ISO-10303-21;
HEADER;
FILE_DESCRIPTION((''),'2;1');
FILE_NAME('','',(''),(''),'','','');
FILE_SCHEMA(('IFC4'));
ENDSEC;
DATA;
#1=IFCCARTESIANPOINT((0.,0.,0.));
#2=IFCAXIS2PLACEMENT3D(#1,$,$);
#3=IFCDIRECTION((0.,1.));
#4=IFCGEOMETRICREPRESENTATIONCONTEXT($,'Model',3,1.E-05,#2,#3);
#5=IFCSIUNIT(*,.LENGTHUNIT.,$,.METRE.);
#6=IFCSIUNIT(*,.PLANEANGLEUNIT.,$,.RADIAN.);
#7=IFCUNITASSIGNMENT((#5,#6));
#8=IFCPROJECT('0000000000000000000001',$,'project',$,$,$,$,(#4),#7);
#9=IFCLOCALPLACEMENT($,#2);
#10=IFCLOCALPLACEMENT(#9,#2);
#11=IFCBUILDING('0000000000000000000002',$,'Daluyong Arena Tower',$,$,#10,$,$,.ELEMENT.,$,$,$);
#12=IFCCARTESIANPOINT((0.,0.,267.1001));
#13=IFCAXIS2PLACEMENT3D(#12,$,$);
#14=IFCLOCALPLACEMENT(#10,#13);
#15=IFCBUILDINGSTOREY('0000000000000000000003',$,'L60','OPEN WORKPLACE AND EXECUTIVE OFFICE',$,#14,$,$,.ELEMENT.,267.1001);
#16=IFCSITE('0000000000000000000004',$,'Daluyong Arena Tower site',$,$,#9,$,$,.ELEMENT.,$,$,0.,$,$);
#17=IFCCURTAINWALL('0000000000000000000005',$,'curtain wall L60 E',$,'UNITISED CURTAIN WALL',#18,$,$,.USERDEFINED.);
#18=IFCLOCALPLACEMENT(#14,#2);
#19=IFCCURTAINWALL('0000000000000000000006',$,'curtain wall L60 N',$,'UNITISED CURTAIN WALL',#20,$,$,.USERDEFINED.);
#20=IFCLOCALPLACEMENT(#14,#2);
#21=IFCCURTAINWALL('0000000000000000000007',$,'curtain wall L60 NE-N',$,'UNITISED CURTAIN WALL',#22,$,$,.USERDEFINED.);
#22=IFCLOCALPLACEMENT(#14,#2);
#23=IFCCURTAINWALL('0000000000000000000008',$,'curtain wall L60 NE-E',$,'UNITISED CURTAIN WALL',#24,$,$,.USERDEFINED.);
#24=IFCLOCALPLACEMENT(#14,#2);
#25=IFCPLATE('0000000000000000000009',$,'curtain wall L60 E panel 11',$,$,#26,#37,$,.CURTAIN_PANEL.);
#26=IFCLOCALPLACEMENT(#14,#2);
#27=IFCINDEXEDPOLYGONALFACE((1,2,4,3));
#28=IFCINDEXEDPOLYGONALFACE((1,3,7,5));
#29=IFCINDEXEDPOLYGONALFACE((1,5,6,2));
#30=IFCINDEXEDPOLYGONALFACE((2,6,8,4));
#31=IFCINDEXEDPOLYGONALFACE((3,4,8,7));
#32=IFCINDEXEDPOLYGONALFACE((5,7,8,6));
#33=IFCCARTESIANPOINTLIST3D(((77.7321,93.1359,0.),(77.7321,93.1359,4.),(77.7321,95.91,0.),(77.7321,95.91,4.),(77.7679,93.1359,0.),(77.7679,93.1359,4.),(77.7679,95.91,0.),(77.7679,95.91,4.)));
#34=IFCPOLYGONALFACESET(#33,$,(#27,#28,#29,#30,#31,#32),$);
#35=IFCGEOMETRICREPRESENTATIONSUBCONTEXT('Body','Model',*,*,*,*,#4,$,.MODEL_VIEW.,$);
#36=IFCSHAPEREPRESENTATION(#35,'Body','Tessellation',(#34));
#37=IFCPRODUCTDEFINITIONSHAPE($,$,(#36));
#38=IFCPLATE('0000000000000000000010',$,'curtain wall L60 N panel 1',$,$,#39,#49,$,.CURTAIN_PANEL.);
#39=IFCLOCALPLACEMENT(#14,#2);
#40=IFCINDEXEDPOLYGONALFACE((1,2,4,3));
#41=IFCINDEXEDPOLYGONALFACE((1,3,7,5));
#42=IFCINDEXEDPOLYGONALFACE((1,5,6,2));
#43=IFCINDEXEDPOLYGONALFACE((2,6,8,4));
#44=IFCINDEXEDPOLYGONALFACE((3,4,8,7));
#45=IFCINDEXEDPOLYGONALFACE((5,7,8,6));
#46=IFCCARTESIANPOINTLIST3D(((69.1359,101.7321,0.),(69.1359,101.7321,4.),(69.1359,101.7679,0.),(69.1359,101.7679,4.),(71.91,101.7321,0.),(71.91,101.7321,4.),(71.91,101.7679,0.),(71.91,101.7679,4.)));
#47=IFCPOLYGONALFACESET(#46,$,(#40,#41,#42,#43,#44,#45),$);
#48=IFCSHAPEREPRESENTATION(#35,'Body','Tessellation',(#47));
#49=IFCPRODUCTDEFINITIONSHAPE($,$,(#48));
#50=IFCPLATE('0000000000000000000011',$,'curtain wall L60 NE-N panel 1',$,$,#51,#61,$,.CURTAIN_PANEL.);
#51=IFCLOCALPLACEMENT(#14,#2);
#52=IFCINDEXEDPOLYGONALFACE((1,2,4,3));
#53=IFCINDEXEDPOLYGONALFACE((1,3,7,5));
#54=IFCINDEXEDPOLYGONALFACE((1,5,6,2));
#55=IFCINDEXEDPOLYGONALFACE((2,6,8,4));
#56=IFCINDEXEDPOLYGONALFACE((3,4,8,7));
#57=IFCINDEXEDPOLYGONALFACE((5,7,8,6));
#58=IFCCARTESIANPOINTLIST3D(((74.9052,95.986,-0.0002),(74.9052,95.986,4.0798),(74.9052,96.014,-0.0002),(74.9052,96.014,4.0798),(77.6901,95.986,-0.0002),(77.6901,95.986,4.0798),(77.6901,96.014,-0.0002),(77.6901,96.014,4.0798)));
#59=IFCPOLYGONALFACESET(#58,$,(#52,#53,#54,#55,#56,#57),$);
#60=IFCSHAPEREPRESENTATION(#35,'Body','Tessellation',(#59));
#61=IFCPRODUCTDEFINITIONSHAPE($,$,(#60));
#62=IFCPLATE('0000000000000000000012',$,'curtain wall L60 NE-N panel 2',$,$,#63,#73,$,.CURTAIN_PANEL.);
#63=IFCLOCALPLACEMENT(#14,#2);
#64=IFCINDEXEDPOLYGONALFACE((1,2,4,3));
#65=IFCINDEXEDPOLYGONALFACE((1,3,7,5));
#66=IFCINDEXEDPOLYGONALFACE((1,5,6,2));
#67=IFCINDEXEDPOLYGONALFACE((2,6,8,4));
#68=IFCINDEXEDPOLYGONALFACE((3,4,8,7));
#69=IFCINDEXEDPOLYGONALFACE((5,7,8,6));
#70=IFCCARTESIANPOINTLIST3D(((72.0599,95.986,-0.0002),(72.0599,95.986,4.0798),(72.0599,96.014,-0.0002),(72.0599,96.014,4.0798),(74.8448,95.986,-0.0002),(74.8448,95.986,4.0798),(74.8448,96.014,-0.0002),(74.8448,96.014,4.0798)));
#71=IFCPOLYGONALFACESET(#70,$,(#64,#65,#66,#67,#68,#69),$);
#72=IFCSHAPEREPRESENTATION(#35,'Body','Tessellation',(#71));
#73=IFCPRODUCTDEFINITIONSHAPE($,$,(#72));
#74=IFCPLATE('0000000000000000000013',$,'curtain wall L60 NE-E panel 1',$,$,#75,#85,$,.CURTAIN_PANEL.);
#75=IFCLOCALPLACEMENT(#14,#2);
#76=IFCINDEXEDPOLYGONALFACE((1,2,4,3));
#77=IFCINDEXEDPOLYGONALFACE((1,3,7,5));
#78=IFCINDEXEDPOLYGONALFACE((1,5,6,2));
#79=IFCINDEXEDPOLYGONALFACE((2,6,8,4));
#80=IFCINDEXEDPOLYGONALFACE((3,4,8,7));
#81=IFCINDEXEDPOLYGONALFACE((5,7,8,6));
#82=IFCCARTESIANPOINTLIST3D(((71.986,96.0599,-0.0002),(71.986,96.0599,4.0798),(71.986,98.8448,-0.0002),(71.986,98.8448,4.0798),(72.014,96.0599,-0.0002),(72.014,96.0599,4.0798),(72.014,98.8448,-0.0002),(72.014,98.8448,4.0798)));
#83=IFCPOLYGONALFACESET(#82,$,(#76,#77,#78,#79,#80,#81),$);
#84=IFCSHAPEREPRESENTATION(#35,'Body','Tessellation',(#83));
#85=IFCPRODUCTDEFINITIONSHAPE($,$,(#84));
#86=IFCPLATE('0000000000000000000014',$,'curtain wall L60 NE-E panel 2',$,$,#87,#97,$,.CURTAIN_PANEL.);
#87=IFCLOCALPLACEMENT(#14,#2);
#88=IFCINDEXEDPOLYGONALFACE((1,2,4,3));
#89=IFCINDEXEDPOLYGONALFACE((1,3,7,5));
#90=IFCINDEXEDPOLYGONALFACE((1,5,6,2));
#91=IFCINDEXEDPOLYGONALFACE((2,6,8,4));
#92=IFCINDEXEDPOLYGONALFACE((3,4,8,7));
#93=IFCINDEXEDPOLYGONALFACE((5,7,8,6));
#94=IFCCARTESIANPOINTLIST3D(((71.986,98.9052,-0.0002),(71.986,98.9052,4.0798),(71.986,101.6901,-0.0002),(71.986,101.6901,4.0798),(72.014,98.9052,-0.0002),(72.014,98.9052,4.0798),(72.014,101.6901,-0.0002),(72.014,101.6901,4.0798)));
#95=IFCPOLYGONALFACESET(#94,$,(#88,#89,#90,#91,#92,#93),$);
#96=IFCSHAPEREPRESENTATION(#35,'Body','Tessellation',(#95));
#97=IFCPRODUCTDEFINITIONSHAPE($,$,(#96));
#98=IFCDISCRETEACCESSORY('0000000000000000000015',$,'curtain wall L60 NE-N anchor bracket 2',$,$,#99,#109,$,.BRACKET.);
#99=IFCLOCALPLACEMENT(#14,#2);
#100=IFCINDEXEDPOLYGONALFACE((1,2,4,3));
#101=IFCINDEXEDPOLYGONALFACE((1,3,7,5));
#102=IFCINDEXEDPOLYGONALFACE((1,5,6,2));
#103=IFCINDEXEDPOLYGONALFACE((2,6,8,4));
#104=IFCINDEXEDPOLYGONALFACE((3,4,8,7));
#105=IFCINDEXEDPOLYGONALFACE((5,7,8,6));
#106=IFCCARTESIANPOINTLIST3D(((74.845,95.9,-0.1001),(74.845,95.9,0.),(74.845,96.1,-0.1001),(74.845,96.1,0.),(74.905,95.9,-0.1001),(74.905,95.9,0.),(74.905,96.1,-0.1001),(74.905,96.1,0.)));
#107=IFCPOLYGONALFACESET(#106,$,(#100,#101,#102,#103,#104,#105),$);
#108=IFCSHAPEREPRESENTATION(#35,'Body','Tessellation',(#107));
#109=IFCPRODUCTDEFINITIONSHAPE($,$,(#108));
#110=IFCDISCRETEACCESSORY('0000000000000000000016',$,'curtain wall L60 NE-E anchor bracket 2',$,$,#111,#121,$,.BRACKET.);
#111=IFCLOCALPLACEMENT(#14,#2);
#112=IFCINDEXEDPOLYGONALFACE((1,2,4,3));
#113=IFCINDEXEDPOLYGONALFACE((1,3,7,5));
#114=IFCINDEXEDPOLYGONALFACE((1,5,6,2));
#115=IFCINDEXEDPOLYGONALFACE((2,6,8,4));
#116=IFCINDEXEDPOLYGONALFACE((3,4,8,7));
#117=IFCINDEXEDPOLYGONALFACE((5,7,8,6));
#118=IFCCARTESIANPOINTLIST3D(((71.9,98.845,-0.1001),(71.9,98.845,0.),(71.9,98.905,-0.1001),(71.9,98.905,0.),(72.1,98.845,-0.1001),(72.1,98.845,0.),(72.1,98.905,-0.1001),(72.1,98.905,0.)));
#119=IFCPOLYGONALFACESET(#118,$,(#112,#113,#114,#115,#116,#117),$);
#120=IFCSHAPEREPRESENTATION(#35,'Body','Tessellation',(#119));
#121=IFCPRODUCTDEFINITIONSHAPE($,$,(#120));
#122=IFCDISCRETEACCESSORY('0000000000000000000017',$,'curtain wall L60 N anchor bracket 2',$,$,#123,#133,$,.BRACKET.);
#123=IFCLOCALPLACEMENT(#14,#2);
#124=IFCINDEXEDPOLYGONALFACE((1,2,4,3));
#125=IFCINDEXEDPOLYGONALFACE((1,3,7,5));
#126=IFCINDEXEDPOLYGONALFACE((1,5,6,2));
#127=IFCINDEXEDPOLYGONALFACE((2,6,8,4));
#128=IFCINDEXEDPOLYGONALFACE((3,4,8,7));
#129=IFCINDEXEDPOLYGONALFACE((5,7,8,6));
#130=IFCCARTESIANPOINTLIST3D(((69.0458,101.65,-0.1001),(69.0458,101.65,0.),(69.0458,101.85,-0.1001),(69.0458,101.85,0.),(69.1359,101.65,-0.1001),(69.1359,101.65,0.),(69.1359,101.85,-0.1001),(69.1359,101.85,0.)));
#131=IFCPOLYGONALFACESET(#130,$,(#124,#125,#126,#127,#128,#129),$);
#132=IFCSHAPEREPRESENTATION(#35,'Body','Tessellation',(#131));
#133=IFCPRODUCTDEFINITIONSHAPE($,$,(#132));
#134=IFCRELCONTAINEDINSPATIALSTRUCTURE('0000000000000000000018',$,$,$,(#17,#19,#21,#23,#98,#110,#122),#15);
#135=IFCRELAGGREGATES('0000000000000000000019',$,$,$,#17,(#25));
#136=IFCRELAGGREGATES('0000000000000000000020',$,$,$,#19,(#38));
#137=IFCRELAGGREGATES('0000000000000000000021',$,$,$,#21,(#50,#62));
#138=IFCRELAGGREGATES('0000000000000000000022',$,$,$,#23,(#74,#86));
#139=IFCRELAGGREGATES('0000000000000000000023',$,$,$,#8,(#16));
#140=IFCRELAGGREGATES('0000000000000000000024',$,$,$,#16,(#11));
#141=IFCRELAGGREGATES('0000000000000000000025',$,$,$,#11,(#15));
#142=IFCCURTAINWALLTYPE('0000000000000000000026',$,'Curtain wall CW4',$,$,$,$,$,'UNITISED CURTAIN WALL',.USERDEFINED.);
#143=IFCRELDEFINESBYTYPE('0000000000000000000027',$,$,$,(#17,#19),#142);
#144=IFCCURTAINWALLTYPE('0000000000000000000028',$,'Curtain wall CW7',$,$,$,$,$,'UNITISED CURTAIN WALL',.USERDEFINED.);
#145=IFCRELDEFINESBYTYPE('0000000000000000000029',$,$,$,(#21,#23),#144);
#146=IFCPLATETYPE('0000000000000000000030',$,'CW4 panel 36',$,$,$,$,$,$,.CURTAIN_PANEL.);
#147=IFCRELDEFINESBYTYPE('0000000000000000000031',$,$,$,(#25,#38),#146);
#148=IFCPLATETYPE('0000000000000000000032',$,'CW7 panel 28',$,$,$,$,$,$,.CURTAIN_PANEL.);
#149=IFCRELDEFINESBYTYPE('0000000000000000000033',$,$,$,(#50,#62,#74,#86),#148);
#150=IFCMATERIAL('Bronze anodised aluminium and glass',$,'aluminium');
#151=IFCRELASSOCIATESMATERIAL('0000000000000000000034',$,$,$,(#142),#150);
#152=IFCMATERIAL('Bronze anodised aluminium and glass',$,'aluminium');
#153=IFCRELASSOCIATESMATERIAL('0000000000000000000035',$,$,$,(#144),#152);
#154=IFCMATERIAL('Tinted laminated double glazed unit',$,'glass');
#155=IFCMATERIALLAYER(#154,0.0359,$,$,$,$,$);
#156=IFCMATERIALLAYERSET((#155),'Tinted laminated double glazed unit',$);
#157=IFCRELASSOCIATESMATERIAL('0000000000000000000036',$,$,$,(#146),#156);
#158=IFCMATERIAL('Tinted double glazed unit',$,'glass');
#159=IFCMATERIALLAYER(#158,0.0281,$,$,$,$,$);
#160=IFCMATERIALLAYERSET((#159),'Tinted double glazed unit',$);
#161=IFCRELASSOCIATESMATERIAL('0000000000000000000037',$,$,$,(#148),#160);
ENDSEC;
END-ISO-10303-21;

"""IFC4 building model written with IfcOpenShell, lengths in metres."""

from ifc_helpers import new_model, si_unit, direction, frame, origin, origin_2d, place, context, subcontext, project, spatial, rectangle, extrude, material, layer, layer_set, type_object, element, aggregate, save


model = new_model("IFC4")

# Units and contexts
model_context = context("Model", 3, precision=1e-05, world=origin(), true_north=direction((0.0, 1.0)))
body_context = subcontext(model_context, "Body", "Model", "MODEL_VIEW")
ifc_project = project(units=[si_unit("LENGTHUNIT", "METRE"), si_unit("PLANEANGLEUNIT", "RADIAN")], contexts=[model_context])

# Site, building, storey
site_placement = place(None, origin())
site = spatial("IfcSite", under=ifc_project, at=site_placement, Name="Daluyong Arena Tower site", CompositionType="ELEMENT", RefElevation=0.0)
building_placement = place(site_placement, origin())
building = spatial("IfcBuilding", under=site, at=building_placement, Name="Daluyong Arena Tower", CompositionType="ELEMENT")
storey_placement = place(building_placement, frame((0.0, 0.0, 267.1001)))
storey = spatial("IfcBuildingStorey", under=building, at=storey_placement, Name="L60", Description="OPEN WORKPLACE AND EXECUTIVE OFFICE", CompositionType="ELEMENT", Elevation=267.1001)

# Curtain wall
ifc_material_1 = material(Name="Bronze anodised aluminium and glass", Category="aluminium")
curtain_wall_type_1 = type_object("IfcCurtainWallType", Name="Curtain wall CW4", ElementType="UNITISED CURTAIN WALL", PredefinedType="USERDEFINED", material=ifc_material_1)
curtain_wall_1_placement = place(storey_placement, origin())
curtain_wall_1 = element("IfcCurtainWall", 1, at=curtain_wall_1_placement, inside=storey, type_object=curtain_wall_type_1, Name="curtain wall L60 E", ObjectType="UNITISED CURTAIN WALL", PredefinedType="USERDEFINED")

# Curtain walls
curtain_wall_2_placement = place(storey_placement, origin())
curtain_wall_2 = element("IfcCurtainWall", 2, at=curtain_wall_2_placement, inside=storey, type_object=curtain_wall_type_1, Name="curtain wall L60 N", ObjectType="UNITISED CURTAIN WALL", PredefinedType="USERDEFINED")
ifc_material_2 = material(Name="Bronze anodised aluminium and glass", Category="aluminium")
curtain_wall_type_2 = type_object("IfcCurtainWallType", Name="Curtain wall CW7", ElementType="UNITISED CURTAIN WALL", PredefinedType="USERDEFINED", material=ifc_material_2)
curtain_wall_3_placement = place(storey_placement, origin())
curtain_wall_3 = element("IfcCurtainWall", 3, at=curtain_wall_3_placement, inside=storey, type_object=curtain_wall_type_2, Name="curtain wall L60 NE-N", ObjectType="UNITISED CURTAIN WALL", PredefinedType="USERDEFINED")
curtain_wall_4_placement = place(storey_placement, origin())
curtain_wall_4 = element("IfcCurtainWall", 4, at=curtain_wall_4_placement, inside=storey, type_object=curtain_wall_type_2, Name="curtain wall L60 NE-E", ObjectType="UNITISED CURTAIN WALL", PredefinedType="USERDEFINED")

# Plates
ifc_material_3 = material(Name="Tinted laminated double glazed unit", Category="glass")
ifc_layer_1 = layer(ifc_material_3, 0.0359)
ifc_layer_set_1 = layer_set([ifc_layer_1], Name="Tinted laminated double glazed unit")
plate_type_1 = type_object("IfcPlateType", Name="CW4 panel 36", PredefinedType="CURTAIN_PANEL", material=ifc_layer_set_1)
plate_1_placement = place(storey_placement, frame((77.75, 94.5229, 0.0), z_axis=(0.0, 0.0, 1.0), x_axis=(0.0, 1.0, 0.0)))
plate_1 = element("IfcPlate", 5, at=plate_1_placement, type_object=plate_type_1, Name="curtain wall L60 E panel 11", PredefinedType="CURTAIN_PANEL", context=body_context, shape_type="SweptSolid", body=[
    extrude(rectangle(XDim=2.7742, YDim=0.0359, at=origin_2d()), origin(), (0.0, 0.0, 1.0), 4.0),
])
aggregate(curtain_wall_1, [plate_1])
plate_2_placement = place(storey_placement, frame((70.5229, 101.75, 0.0), z_axis=(0.0, 0.0, 1.0), x_axis=(-1.0, 0.0, 0.0)))
plate_2 = element("IfcPlate", 6, at=plate_2_placement, type_object=plate_type_1, Name="curtain wall L60 N panel 1", PredefinedType="CURTAIN_PANEL", context=body_context, shape_type="SweptSolid", body=[
    extrude(rectangle(XDim=2.7742, YDim=0.0359, at=origin_2d()), origin(), (0.0, 0.0, 1.0), 4.0),
])
aggregate(curtain_wall_2, [plate_2])
ifc_material_4 = material(Name="Tinted double glazed unit", Category="glass")
ifc_layer_2 = layer(ifc_material_4, 0.0281)
ifc_layer_set_2 = layer_set([ifc_layer_2], Name="Tinted double glazed unit")
plate_type_2 = type_object("IfcPlateType", Name="CW7 panel 28", PredefinedType="CURTAIN_PANEL", material=ifc_layer_set_2)
plate_3_placement = place(storey_placement, frame((76.2976, 96.0, -0.0002), z_axis=(0.0, 0.0, 1.0), x_axis=(-1.0, 0.0, 0.0)))
plate_3 = element("IfcPlate", 7, at=plate_3_placement, type_object=plate_type_2, Name="curtain wall L60 NE-N panel 1", PredefinedType="CURTAIN_PANEL", context=body_context, shape_type="SweptSolid", body=[
    extrude(rectangle(XDim=2.7849, YDim=0.0281, at=origin_2d()), origin(), (0.0, 0.0, 1.0), 4.0801),
])
plate_4_placement = place(storey_placement, frame((73.4524, 96.0, -0.0002), z_axis=(0.0, 0.0, 1.0), x_axis=(-1.0, 0.0, 0.0)))
plate_4 = element("IfcPlate", 8, at=plate_4_placement, type_object=plate_type_2, Name="curtain wall L60 NE-N panel 2", PredefinedType="CURTAIN_PANEL", context=body_context, shape_type="SweptSolid", body=[
    extrude(rectangle(XDim=2.7849, YDim=0.0281, at=origin_2d()), origin(), (0.0, 0.0, 1.0), 4.0801),
])
aggregate(curtain_wall_3, [plate_3, plate_4])
plate_5_placement = place(storey_placement, frame((72.0, 97.4524, -0.0002), z_axis=(0.0, 0.0, 1.0), x_axis=(0.0, 1.0, 0.0)))
plate_5 = element("IfcPlate", 9, at=plate_5_placement, type_object=plate_type_2, Name="curtain wall L60 NE-E panel 1", PredefinedType="CURTAIN_PANEL", context=body_context, shape_type="SweptSolid", body=[
    extrude(rectangle(XDim=2.7849, YDim=0.0281, at=origin_2d()), origin(), (0.0, 0.0, 1.0), 4.0801),
])
plate_6_placement = place(storey_placement, frame((72.0, 100.2976, -0.0002), z_axis=(0.0, 0.0, 1.0), x_axis=(0.0, 1.0, 0.0)))
plate_6 = element("IfcPlate", 10, at=plate_6_placement, type_object=plate_type_2, Name="curtain wall L60 NE-E panel 2", PredefinedType="CURTAIN_PANEL", context=body_context, shape_type="SweptSolid", body=[
    extrude(rectangle(XDim=2.7849, YDim=0.0281, at=origin_2d()), origin(), (0.0, 0.0, 1.0), 4.0801),
])
aggregate(curtain_wall_4, [plate_5, plate_6])

# Discrete accessories
for number, where, z_axis, x_axis, name in (
    (11, (74.875, 96.0, -0.1001), (0.0, 0.0, 1.0), (-1.0, 0.0, 0.0), "curtain wall L60 NE-N anchor bracket 2"),
    (12, (72.0, 98.875, -0.1001), (0.0, 0.0, 1.0), (0.0, 1.0, 0.0), "curtain wall L60 NE-E anchor bracket 2"),
):
    element("IfcDiscreteAccessory", number, at=place(storey_placement, frame(where, z_axis=z_axis, x_axis=x_axis)), inside=storey, Name=name, PredefinedType="BRACKET", context=body_context, shape_type="SweptSolid", body=[
        extrude(rectangle(XDim=0.0601, YDim=0.2, at=origin_2d()), origin(), (0.0, 0.0, 1.0), 0.1001),
    ])
discrete_accessory_placement = place(storey_placement, frame((69.0908, 101.75, -0.1001), z_axis=(0.0, 0.0, 1.0), x_axis=(-1.0, 0.0, 0.0)))
element("IfcDiscreteAccessory", 13, at=discrete_accessory_placement, inside=storey, Name="curtain wall L60 N anchor bracket 2", PredefinedType="BRACKET", context=body_context, shape_type="SweptSolid", body=[
    extrude(rectangle(XDim=0.0901, YDim=0.2, at=origin_2d()), origin(), (0.0, 0.0, 1.0), 0.1001),
])

save(model, "model.ifc")
